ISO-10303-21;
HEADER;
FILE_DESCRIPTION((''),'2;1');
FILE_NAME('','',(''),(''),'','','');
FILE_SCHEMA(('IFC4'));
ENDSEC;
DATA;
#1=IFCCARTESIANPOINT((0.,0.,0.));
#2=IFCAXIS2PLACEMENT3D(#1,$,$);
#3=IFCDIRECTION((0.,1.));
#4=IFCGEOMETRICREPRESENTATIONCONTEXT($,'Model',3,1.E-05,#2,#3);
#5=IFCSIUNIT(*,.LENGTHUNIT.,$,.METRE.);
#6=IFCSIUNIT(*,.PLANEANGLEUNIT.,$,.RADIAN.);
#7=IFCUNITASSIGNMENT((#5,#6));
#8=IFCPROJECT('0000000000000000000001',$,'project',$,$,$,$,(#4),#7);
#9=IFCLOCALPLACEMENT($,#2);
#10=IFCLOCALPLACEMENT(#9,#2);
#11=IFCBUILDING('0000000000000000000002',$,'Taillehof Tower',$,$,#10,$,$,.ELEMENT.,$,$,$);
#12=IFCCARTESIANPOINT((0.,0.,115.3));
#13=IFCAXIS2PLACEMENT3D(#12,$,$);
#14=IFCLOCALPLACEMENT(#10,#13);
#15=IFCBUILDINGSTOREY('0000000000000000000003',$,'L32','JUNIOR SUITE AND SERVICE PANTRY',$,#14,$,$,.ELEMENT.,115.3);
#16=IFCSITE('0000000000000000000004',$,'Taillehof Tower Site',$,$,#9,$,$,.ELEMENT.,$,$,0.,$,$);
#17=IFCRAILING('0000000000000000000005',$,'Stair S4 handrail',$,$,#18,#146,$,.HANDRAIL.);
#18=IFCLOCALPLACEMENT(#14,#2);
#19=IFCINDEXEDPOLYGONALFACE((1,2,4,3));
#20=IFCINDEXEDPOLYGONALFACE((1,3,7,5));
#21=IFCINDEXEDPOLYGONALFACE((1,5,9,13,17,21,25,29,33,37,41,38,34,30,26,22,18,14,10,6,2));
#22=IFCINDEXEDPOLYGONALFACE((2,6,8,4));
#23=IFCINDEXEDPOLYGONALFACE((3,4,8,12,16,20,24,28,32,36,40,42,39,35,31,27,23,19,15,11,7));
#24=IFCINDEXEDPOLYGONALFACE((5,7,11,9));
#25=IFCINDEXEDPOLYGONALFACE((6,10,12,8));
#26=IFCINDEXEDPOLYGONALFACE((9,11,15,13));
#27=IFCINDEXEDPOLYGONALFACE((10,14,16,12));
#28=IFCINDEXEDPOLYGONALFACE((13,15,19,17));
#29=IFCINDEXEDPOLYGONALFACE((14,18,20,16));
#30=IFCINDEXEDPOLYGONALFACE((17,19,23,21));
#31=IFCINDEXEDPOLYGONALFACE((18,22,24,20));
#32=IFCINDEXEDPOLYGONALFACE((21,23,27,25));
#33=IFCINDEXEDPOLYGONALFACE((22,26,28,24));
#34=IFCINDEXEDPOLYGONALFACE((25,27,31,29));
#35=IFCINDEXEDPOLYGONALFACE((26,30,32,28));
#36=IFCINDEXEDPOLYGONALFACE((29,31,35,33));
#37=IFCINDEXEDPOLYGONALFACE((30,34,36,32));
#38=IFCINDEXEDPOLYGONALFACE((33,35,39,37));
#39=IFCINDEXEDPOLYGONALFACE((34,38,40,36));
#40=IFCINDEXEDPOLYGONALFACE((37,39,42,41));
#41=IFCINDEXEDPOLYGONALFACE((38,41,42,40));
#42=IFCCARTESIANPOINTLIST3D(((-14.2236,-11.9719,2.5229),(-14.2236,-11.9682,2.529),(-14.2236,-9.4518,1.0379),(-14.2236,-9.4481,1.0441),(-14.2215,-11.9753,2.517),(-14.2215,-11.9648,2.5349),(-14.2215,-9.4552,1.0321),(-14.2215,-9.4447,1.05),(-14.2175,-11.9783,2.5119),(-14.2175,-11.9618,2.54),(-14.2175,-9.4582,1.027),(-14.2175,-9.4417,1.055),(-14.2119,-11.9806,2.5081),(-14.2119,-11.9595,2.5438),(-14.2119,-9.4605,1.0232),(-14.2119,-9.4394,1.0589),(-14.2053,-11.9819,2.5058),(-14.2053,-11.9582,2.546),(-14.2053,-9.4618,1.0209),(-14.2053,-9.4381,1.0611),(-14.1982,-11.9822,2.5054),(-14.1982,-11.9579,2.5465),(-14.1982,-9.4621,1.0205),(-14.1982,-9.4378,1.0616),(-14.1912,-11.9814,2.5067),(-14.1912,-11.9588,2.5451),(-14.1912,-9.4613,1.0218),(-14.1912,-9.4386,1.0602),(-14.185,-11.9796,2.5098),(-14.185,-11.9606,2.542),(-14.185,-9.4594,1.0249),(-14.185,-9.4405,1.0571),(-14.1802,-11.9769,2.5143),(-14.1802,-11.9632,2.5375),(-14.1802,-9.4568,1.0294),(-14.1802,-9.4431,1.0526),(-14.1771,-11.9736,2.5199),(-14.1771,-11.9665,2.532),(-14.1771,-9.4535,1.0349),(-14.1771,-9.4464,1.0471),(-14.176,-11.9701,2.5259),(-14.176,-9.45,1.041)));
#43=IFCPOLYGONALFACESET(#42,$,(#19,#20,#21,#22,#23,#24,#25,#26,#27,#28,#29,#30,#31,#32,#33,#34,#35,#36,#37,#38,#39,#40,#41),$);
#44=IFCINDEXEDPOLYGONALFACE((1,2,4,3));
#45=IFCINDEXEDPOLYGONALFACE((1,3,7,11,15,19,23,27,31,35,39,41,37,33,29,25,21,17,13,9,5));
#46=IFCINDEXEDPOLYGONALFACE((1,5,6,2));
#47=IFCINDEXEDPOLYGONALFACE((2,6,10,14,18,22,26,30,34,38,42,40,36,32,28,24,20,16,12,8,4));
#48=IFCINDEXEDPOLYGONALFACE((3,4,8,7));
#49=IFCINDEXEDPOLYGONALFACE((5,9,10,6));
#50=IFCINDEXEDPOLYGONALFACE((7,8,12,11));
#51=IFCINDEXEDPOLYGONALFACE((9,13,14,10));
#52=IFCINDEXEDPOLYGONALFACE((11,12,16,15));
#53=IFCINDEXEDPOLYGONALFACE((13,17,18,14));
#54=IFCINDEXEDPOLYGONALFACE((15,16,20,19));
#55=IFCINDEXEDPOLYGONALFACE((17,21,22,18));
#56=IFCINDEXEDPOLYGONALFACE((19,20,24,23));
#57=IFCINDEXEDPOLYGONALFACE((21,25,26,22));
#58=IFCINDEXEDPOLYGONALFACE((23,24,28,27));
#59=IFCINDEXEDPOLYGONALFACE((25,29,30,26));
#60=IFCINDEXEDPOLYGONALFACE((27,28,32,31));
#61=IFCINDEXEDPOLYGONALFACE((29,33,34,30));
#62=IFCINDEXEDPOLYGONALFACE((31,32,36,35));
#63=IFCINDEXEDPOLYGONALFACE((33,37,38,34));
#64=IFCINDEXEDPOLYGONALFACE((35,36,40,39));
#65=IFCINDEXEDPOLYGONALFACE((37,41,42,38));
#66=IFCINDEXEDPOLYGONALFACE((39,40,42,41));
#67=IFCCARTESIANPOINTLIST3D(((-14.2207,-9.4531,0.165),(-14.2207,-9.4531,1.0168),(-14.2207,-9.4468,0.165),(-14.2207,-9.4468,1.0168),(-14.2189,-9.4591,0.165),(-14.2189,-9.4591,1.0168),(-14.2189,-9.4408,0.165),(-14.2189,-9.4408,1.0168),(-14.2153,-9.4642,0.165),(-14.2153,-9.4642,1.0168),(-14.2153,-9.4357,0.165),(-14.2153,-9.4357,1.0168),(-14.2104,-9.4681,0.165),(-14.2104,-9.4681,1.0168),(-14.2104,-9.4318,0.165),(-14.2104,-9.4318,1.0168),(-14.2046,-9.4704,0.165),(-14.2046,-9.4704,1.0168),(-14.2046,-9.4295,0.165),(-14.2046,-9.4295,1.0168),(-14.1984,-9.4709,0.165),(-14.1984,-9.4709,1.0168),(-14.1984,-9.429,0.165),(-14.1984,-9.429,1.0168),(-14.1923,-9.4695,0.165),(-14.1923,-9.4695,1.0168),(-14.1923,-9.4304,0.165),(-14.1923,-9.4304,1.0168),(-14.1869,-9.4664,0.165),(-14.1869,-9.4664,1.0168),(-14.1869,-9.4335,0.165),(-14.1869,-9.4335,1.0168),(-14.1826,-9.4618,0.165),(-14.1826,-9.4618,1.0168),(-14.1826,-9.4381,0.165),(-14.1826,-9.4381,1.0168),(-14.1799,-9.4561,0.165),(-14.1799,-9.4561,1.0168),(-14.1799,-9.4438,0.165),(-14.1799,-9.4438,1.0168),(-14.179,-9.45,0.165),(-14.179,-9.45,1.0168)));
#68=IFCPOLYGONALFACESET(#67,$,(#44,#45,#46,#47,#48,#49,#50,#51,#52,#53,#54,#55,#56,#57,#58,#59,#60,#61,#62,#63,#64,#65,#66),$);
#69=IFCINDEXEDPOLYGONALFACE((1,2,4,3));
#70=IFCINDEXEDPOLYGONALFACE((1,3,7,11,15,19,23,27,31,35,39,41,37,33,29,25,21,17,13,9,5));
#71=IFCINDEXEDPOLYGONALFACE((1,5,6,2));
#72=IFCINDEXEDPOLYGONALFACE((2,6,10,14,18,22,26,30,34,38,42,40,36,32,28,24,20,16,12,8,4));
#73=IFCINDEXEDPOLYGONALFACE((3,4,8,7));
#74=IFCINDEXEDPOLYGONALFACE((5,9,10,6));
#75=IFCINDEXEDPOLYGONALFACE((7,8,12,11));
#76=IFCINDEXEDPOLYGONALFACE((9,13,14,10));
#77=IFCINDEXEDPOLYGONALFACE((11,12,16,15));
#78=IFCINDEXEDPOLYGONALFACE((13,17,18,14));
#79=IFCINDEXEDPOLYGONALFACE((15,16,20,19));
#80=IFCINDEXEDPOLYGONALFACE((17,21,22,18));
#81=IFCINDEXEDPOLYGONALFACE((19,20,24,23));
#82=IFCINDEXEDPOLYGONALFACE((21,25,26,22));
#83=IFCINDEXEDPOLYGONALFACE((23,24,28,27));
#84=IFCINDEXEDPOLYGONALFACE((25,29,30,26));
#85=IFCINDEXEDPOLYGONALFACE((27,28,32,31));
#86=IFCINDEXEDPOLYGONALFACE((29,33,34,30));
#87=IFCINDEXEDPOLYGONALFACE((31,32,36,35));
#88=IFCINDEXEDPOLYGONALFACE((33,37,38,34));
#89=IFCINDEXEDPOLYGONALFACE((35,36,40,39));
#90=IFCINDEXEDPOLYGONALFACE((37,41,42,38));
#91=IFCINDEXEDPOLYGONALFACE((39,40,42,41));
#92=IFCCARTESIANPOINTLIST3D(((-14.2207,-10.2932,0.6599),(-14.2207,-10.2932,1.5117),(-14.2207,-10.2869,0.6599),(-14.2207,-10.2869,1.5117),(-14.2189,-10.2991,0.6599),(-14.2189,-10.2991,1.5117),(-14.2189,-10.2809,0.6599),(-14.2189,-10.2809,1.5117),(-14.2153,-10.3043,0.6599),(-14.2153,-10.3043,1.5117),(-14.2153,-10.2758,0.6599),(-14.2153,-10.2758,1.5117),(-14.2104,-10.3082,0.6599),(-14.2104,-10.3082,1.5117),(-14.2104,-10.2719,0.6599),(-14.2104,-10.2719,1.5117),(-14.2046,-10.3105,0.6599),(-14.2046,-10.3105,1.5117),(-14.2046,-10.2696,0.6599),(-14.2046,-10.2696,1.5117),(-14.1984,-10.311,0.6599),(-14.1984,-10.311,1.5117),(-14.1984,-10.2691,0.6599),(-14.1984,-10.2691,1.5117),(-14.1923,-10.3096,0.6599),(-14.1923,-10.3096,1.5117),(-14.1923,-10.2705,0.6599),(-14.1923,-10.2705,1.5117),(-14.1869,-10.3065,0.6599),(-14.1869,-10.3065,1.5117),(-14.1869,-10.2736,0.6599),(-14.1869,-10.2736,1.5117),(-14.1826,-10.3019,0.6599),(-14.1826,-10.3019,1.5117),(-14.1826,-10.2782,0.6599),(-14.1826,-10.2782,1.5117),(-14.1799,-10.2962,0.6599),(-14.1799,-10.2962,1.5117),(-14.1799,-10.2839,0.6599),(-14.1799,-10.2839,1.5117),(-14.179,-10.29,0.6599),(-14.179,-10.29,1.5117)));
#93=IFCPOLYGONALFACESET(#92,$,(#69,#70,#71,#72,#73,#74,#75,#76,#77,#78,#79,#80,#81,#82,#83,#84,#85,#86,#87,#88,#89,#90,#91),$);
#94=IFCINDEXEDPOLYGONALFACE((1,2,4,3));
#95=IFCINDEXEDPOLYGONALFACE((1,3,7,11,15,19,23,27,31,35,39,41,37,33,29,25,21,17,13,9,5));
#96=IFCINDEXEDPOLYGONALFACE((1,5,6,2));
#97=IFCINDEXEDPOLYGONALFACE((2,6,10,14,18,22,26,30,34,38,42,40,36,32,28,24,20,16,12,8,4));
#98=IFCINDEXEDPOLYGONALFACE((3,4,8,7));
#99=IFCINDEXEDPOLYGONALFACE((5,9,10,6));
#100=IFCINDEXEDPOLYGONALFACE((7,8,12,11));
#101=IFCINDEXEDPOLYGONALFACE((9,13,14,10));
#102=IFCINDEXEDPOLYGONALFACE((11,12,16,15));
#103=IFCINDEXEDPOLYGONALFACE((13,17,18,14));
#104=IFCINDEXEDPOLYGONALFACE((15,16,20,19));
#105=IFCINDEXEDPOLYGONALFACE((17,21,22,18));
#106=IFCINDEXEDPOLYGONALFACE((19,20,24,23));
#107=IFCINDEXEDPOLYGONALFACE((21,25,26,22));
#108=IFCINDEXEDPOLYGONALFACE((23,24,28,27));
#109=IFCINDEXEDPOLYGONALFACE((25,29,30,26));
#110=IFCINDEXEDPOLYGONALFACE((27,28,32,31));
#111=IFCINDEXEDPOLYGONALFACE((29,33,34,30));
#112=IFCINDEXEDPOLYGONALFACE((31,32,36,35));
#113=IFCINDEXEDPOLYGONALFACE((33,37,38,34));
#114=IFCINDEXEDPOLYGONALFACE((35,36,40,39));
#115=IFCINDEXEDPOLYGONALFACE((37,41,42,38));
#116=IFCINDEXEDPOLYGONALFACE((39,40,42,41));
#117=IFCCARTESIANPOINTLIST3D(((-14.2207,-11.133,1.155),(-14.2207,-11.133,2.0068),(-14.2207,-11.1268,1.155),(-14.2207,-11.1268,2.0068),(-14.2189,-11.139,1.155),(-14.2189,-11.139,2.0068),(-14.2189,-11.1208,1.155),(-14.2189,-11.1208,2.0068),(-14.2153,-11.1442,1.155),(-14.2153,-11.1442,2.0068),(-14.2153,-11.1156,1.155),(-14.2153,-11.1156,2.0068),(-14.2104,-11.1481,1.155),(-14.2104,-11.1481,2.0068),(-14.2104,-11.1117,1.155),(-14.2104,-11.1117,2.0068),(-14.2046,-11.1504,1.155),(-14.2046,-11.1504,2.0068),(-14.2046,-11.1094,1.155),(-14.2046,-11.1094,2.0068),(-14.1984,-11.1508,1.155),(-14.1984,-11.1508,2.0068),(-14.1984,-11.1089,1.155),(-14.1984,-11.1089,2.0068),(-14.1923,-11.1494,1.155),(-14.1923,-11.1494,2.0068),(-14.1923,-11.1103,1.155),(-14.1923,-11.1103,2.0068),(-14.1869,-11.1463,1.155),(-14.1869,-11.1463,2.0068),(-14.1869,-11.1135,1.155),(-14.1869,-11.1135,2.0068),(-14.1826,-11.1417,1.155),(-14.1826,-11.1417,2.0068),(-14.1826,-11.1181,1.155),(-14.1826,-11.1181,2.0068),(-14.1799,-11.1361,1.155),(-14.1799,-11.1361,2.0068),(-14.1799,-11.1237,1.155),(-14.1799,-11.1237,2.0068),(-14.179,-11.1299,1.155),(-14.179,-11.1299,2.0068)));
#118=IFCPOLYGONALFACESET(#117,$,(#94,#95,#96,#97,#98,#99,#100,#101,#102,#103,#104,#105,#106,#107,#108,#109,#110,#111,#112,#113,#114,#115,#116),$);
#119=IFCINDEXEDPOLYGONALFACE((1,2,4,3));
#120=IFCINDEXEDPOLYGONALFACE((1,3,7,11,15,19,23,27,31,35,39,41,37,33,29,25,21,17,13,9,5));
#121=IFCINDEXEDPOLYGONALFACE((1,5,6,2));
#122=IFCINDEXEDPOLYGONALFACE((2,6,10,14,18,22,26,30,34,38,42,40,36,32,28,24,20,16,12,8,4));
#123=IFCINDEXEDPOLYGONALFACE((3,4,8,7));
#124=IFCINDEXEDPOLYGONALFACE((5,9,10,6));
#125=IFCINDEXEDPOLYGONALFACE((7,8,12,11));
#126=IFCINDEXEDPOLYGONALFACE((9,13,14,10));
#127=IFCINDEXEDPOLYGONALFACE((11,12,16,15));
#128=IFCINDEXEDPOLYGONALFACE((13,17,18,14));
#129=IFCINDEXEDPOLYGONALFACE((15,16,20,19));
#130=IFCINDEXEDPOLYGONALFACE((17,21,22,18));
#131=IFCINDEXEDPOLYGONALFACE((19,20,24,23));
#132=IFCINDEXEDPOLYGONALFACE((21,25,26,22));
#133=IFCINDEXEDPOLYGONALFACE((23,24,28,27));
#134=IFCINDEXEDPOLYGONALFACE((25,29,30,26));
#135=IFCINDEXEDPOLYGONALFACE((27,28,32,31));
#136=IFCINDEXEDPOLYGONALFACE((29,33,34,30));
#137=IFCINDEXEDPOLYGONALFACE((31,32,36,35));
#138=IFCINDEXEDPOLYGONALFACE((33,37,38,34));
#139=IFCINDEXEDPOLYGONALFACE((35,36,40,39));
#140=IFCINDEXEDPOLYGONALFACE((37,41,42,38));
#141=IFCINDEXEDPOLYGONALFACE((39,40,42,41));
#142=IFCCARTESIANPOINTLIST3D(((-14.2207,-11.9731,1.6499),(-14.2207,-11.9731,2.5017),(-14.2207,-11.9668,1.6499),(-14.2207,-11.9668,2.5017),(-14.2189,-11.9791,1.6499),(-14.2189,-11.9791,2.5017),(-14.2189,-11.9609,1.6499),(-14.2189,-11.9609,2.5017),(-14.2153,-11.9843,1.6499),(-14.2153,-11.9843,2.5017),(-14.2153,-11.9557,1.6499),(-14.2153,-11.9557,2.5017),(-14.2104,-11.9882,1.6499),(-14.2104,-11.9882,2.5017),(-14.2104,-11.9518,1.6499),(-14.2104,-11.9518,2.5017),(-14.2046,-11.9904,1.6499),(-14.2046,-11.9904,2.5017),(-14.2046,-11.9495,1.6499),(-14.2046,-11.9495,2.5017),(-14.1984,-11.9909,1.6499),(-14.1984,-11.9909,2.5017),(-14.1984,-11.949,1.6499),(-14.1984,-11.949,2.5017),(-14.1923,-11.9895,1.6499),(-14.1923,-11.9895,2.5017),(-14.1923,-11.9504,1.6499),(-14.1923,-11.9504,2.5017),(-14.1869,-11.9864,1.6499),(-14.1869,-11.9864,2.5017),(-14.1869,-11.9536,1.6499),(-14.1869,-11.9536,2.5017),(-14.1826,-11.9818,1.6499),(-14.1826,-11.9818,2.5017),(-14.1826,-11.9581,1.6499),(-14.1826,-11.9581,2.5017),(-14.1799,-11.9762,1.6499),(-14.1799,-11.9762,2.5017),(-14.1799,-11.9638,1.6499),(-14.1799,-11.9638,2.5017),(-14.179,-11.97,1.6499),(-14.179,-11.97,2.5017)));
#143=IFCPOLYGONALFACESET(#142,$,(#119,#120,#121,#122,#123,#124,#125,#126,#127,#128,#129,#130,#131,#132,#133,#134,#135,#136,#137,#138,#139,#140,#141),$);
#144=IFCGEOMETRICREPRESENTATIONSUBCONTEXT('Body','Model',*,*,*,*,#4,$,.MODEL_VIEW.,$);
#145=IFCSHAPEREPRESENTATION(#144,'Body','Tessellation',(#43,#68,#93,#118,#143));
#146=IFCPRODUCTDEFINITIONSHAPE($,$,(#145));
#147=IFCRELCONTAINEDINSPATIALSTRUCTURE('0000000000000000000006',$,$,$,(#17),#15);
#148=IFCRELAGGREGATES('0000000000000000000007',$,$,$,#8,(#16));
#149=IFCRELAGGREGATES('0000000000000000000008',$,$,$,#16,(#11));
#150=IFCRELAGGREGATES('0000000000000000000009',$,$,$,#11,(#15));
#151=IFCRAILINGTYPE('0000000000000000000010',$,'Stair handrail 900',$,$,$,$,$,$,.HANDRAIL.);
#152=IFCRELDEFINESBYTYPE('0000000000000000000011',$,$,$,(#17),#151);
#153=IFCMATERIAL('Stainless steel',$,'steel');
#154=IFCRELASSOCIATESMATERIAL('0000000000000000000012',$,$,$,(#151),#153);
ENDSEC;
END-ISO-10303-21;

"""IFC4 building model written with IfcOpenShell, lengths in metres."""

from ifc_helpers import new_model, si_unit, direction, frame, origin, origin_2d, place, context, subcontext, project, spatial, circle, extrude, material, type_object, element, save


model = new_model("IFC4")

# Units and contexts
model_context = context("Model", 3, precision=1e-05, world=origin(), true_north=direction((0.0, 1.0)))
body_context = subcontext(model_context, "Body", "Model", "MODEL_VIEW")
ifc_project = project(units=[si_unit("LENGTHUNIT", "METRE"), si_unit("PLANEANGLEUNIT", "RADIAN")], contexts=[model_context])

# Site, building, storey
site_placement = place(None, origin())
site = spatial("IfcSite", under=ifc_project, at=site_placement, Name="Taillehof Tower Site", CompositionType="ELEMENT", RefElevation=0.0)
building_placement = place(site_placement, origin())
building = spatial("IfcBuilding", under=site, at=building_placement, Name="Taillehof Tower", CompositionType="ELEMENT")
storey_placement = place(building_placement, frame((0.0, 0.0, 115.3)))
storey = spatial("IfcBuildingStorey", under=building, at=storey_placement, Name="L32", Description="JUNIOR SUITE AND SERVICE PANTRY", CompositionType="ELEMENT", Elevation=115.3)

# Railing
ifc_material_1 = material(Name="Stainless steel", Category="steel")
railing_type = type_object("IfcRailingType", Name="Stair handrail 900", PredefinedType="HANDRAIL", material=ifc_material_1)
railing_placement = place(storey_placement, frame((-14.2, -9.45, 0.165)))
element("IfcRailing", 1, at=railing_placement, inside=storey, type_object=railing_type, Name="Stair S4 handrail", PredefinedType="HANDRAIL", context=body_context, shape_type="SweptSolid", body=[
    extrude(circle(Radius=0.0239, at=origin_2d()), frame((0.0, 0.0, 0.876), z_axis=(0.0, -0.861561, 0.507655), x_axis=(1.0, 0.0, 0.0)), (0.0, 0.0, 1.0), 2.925),
    extrude(circle(Radius=0.021, at=origin_2d()), origin(), (0.0, 0.0, 1.0), 0.8518),
    extrude(circle(Radius=0.021, at=origin_2d()), frame((0.0, -0.8401, 0.4949)), (0.0, 0.0, 1.0), 0.8518),
    extrude(circle(Radius=0.021, at=origin_2d()), frame((0.0, -1.6799, 0.99)), (0.0, 0.0, 1.0), 0.8518),
    extrude(circle(Radius=0.021, at=origin_2d()), frame((0.0, -2.52, 1.4849)), (0.0, 0.0, 1.0), 0.8518),
])

save(model, "model.ifc")
